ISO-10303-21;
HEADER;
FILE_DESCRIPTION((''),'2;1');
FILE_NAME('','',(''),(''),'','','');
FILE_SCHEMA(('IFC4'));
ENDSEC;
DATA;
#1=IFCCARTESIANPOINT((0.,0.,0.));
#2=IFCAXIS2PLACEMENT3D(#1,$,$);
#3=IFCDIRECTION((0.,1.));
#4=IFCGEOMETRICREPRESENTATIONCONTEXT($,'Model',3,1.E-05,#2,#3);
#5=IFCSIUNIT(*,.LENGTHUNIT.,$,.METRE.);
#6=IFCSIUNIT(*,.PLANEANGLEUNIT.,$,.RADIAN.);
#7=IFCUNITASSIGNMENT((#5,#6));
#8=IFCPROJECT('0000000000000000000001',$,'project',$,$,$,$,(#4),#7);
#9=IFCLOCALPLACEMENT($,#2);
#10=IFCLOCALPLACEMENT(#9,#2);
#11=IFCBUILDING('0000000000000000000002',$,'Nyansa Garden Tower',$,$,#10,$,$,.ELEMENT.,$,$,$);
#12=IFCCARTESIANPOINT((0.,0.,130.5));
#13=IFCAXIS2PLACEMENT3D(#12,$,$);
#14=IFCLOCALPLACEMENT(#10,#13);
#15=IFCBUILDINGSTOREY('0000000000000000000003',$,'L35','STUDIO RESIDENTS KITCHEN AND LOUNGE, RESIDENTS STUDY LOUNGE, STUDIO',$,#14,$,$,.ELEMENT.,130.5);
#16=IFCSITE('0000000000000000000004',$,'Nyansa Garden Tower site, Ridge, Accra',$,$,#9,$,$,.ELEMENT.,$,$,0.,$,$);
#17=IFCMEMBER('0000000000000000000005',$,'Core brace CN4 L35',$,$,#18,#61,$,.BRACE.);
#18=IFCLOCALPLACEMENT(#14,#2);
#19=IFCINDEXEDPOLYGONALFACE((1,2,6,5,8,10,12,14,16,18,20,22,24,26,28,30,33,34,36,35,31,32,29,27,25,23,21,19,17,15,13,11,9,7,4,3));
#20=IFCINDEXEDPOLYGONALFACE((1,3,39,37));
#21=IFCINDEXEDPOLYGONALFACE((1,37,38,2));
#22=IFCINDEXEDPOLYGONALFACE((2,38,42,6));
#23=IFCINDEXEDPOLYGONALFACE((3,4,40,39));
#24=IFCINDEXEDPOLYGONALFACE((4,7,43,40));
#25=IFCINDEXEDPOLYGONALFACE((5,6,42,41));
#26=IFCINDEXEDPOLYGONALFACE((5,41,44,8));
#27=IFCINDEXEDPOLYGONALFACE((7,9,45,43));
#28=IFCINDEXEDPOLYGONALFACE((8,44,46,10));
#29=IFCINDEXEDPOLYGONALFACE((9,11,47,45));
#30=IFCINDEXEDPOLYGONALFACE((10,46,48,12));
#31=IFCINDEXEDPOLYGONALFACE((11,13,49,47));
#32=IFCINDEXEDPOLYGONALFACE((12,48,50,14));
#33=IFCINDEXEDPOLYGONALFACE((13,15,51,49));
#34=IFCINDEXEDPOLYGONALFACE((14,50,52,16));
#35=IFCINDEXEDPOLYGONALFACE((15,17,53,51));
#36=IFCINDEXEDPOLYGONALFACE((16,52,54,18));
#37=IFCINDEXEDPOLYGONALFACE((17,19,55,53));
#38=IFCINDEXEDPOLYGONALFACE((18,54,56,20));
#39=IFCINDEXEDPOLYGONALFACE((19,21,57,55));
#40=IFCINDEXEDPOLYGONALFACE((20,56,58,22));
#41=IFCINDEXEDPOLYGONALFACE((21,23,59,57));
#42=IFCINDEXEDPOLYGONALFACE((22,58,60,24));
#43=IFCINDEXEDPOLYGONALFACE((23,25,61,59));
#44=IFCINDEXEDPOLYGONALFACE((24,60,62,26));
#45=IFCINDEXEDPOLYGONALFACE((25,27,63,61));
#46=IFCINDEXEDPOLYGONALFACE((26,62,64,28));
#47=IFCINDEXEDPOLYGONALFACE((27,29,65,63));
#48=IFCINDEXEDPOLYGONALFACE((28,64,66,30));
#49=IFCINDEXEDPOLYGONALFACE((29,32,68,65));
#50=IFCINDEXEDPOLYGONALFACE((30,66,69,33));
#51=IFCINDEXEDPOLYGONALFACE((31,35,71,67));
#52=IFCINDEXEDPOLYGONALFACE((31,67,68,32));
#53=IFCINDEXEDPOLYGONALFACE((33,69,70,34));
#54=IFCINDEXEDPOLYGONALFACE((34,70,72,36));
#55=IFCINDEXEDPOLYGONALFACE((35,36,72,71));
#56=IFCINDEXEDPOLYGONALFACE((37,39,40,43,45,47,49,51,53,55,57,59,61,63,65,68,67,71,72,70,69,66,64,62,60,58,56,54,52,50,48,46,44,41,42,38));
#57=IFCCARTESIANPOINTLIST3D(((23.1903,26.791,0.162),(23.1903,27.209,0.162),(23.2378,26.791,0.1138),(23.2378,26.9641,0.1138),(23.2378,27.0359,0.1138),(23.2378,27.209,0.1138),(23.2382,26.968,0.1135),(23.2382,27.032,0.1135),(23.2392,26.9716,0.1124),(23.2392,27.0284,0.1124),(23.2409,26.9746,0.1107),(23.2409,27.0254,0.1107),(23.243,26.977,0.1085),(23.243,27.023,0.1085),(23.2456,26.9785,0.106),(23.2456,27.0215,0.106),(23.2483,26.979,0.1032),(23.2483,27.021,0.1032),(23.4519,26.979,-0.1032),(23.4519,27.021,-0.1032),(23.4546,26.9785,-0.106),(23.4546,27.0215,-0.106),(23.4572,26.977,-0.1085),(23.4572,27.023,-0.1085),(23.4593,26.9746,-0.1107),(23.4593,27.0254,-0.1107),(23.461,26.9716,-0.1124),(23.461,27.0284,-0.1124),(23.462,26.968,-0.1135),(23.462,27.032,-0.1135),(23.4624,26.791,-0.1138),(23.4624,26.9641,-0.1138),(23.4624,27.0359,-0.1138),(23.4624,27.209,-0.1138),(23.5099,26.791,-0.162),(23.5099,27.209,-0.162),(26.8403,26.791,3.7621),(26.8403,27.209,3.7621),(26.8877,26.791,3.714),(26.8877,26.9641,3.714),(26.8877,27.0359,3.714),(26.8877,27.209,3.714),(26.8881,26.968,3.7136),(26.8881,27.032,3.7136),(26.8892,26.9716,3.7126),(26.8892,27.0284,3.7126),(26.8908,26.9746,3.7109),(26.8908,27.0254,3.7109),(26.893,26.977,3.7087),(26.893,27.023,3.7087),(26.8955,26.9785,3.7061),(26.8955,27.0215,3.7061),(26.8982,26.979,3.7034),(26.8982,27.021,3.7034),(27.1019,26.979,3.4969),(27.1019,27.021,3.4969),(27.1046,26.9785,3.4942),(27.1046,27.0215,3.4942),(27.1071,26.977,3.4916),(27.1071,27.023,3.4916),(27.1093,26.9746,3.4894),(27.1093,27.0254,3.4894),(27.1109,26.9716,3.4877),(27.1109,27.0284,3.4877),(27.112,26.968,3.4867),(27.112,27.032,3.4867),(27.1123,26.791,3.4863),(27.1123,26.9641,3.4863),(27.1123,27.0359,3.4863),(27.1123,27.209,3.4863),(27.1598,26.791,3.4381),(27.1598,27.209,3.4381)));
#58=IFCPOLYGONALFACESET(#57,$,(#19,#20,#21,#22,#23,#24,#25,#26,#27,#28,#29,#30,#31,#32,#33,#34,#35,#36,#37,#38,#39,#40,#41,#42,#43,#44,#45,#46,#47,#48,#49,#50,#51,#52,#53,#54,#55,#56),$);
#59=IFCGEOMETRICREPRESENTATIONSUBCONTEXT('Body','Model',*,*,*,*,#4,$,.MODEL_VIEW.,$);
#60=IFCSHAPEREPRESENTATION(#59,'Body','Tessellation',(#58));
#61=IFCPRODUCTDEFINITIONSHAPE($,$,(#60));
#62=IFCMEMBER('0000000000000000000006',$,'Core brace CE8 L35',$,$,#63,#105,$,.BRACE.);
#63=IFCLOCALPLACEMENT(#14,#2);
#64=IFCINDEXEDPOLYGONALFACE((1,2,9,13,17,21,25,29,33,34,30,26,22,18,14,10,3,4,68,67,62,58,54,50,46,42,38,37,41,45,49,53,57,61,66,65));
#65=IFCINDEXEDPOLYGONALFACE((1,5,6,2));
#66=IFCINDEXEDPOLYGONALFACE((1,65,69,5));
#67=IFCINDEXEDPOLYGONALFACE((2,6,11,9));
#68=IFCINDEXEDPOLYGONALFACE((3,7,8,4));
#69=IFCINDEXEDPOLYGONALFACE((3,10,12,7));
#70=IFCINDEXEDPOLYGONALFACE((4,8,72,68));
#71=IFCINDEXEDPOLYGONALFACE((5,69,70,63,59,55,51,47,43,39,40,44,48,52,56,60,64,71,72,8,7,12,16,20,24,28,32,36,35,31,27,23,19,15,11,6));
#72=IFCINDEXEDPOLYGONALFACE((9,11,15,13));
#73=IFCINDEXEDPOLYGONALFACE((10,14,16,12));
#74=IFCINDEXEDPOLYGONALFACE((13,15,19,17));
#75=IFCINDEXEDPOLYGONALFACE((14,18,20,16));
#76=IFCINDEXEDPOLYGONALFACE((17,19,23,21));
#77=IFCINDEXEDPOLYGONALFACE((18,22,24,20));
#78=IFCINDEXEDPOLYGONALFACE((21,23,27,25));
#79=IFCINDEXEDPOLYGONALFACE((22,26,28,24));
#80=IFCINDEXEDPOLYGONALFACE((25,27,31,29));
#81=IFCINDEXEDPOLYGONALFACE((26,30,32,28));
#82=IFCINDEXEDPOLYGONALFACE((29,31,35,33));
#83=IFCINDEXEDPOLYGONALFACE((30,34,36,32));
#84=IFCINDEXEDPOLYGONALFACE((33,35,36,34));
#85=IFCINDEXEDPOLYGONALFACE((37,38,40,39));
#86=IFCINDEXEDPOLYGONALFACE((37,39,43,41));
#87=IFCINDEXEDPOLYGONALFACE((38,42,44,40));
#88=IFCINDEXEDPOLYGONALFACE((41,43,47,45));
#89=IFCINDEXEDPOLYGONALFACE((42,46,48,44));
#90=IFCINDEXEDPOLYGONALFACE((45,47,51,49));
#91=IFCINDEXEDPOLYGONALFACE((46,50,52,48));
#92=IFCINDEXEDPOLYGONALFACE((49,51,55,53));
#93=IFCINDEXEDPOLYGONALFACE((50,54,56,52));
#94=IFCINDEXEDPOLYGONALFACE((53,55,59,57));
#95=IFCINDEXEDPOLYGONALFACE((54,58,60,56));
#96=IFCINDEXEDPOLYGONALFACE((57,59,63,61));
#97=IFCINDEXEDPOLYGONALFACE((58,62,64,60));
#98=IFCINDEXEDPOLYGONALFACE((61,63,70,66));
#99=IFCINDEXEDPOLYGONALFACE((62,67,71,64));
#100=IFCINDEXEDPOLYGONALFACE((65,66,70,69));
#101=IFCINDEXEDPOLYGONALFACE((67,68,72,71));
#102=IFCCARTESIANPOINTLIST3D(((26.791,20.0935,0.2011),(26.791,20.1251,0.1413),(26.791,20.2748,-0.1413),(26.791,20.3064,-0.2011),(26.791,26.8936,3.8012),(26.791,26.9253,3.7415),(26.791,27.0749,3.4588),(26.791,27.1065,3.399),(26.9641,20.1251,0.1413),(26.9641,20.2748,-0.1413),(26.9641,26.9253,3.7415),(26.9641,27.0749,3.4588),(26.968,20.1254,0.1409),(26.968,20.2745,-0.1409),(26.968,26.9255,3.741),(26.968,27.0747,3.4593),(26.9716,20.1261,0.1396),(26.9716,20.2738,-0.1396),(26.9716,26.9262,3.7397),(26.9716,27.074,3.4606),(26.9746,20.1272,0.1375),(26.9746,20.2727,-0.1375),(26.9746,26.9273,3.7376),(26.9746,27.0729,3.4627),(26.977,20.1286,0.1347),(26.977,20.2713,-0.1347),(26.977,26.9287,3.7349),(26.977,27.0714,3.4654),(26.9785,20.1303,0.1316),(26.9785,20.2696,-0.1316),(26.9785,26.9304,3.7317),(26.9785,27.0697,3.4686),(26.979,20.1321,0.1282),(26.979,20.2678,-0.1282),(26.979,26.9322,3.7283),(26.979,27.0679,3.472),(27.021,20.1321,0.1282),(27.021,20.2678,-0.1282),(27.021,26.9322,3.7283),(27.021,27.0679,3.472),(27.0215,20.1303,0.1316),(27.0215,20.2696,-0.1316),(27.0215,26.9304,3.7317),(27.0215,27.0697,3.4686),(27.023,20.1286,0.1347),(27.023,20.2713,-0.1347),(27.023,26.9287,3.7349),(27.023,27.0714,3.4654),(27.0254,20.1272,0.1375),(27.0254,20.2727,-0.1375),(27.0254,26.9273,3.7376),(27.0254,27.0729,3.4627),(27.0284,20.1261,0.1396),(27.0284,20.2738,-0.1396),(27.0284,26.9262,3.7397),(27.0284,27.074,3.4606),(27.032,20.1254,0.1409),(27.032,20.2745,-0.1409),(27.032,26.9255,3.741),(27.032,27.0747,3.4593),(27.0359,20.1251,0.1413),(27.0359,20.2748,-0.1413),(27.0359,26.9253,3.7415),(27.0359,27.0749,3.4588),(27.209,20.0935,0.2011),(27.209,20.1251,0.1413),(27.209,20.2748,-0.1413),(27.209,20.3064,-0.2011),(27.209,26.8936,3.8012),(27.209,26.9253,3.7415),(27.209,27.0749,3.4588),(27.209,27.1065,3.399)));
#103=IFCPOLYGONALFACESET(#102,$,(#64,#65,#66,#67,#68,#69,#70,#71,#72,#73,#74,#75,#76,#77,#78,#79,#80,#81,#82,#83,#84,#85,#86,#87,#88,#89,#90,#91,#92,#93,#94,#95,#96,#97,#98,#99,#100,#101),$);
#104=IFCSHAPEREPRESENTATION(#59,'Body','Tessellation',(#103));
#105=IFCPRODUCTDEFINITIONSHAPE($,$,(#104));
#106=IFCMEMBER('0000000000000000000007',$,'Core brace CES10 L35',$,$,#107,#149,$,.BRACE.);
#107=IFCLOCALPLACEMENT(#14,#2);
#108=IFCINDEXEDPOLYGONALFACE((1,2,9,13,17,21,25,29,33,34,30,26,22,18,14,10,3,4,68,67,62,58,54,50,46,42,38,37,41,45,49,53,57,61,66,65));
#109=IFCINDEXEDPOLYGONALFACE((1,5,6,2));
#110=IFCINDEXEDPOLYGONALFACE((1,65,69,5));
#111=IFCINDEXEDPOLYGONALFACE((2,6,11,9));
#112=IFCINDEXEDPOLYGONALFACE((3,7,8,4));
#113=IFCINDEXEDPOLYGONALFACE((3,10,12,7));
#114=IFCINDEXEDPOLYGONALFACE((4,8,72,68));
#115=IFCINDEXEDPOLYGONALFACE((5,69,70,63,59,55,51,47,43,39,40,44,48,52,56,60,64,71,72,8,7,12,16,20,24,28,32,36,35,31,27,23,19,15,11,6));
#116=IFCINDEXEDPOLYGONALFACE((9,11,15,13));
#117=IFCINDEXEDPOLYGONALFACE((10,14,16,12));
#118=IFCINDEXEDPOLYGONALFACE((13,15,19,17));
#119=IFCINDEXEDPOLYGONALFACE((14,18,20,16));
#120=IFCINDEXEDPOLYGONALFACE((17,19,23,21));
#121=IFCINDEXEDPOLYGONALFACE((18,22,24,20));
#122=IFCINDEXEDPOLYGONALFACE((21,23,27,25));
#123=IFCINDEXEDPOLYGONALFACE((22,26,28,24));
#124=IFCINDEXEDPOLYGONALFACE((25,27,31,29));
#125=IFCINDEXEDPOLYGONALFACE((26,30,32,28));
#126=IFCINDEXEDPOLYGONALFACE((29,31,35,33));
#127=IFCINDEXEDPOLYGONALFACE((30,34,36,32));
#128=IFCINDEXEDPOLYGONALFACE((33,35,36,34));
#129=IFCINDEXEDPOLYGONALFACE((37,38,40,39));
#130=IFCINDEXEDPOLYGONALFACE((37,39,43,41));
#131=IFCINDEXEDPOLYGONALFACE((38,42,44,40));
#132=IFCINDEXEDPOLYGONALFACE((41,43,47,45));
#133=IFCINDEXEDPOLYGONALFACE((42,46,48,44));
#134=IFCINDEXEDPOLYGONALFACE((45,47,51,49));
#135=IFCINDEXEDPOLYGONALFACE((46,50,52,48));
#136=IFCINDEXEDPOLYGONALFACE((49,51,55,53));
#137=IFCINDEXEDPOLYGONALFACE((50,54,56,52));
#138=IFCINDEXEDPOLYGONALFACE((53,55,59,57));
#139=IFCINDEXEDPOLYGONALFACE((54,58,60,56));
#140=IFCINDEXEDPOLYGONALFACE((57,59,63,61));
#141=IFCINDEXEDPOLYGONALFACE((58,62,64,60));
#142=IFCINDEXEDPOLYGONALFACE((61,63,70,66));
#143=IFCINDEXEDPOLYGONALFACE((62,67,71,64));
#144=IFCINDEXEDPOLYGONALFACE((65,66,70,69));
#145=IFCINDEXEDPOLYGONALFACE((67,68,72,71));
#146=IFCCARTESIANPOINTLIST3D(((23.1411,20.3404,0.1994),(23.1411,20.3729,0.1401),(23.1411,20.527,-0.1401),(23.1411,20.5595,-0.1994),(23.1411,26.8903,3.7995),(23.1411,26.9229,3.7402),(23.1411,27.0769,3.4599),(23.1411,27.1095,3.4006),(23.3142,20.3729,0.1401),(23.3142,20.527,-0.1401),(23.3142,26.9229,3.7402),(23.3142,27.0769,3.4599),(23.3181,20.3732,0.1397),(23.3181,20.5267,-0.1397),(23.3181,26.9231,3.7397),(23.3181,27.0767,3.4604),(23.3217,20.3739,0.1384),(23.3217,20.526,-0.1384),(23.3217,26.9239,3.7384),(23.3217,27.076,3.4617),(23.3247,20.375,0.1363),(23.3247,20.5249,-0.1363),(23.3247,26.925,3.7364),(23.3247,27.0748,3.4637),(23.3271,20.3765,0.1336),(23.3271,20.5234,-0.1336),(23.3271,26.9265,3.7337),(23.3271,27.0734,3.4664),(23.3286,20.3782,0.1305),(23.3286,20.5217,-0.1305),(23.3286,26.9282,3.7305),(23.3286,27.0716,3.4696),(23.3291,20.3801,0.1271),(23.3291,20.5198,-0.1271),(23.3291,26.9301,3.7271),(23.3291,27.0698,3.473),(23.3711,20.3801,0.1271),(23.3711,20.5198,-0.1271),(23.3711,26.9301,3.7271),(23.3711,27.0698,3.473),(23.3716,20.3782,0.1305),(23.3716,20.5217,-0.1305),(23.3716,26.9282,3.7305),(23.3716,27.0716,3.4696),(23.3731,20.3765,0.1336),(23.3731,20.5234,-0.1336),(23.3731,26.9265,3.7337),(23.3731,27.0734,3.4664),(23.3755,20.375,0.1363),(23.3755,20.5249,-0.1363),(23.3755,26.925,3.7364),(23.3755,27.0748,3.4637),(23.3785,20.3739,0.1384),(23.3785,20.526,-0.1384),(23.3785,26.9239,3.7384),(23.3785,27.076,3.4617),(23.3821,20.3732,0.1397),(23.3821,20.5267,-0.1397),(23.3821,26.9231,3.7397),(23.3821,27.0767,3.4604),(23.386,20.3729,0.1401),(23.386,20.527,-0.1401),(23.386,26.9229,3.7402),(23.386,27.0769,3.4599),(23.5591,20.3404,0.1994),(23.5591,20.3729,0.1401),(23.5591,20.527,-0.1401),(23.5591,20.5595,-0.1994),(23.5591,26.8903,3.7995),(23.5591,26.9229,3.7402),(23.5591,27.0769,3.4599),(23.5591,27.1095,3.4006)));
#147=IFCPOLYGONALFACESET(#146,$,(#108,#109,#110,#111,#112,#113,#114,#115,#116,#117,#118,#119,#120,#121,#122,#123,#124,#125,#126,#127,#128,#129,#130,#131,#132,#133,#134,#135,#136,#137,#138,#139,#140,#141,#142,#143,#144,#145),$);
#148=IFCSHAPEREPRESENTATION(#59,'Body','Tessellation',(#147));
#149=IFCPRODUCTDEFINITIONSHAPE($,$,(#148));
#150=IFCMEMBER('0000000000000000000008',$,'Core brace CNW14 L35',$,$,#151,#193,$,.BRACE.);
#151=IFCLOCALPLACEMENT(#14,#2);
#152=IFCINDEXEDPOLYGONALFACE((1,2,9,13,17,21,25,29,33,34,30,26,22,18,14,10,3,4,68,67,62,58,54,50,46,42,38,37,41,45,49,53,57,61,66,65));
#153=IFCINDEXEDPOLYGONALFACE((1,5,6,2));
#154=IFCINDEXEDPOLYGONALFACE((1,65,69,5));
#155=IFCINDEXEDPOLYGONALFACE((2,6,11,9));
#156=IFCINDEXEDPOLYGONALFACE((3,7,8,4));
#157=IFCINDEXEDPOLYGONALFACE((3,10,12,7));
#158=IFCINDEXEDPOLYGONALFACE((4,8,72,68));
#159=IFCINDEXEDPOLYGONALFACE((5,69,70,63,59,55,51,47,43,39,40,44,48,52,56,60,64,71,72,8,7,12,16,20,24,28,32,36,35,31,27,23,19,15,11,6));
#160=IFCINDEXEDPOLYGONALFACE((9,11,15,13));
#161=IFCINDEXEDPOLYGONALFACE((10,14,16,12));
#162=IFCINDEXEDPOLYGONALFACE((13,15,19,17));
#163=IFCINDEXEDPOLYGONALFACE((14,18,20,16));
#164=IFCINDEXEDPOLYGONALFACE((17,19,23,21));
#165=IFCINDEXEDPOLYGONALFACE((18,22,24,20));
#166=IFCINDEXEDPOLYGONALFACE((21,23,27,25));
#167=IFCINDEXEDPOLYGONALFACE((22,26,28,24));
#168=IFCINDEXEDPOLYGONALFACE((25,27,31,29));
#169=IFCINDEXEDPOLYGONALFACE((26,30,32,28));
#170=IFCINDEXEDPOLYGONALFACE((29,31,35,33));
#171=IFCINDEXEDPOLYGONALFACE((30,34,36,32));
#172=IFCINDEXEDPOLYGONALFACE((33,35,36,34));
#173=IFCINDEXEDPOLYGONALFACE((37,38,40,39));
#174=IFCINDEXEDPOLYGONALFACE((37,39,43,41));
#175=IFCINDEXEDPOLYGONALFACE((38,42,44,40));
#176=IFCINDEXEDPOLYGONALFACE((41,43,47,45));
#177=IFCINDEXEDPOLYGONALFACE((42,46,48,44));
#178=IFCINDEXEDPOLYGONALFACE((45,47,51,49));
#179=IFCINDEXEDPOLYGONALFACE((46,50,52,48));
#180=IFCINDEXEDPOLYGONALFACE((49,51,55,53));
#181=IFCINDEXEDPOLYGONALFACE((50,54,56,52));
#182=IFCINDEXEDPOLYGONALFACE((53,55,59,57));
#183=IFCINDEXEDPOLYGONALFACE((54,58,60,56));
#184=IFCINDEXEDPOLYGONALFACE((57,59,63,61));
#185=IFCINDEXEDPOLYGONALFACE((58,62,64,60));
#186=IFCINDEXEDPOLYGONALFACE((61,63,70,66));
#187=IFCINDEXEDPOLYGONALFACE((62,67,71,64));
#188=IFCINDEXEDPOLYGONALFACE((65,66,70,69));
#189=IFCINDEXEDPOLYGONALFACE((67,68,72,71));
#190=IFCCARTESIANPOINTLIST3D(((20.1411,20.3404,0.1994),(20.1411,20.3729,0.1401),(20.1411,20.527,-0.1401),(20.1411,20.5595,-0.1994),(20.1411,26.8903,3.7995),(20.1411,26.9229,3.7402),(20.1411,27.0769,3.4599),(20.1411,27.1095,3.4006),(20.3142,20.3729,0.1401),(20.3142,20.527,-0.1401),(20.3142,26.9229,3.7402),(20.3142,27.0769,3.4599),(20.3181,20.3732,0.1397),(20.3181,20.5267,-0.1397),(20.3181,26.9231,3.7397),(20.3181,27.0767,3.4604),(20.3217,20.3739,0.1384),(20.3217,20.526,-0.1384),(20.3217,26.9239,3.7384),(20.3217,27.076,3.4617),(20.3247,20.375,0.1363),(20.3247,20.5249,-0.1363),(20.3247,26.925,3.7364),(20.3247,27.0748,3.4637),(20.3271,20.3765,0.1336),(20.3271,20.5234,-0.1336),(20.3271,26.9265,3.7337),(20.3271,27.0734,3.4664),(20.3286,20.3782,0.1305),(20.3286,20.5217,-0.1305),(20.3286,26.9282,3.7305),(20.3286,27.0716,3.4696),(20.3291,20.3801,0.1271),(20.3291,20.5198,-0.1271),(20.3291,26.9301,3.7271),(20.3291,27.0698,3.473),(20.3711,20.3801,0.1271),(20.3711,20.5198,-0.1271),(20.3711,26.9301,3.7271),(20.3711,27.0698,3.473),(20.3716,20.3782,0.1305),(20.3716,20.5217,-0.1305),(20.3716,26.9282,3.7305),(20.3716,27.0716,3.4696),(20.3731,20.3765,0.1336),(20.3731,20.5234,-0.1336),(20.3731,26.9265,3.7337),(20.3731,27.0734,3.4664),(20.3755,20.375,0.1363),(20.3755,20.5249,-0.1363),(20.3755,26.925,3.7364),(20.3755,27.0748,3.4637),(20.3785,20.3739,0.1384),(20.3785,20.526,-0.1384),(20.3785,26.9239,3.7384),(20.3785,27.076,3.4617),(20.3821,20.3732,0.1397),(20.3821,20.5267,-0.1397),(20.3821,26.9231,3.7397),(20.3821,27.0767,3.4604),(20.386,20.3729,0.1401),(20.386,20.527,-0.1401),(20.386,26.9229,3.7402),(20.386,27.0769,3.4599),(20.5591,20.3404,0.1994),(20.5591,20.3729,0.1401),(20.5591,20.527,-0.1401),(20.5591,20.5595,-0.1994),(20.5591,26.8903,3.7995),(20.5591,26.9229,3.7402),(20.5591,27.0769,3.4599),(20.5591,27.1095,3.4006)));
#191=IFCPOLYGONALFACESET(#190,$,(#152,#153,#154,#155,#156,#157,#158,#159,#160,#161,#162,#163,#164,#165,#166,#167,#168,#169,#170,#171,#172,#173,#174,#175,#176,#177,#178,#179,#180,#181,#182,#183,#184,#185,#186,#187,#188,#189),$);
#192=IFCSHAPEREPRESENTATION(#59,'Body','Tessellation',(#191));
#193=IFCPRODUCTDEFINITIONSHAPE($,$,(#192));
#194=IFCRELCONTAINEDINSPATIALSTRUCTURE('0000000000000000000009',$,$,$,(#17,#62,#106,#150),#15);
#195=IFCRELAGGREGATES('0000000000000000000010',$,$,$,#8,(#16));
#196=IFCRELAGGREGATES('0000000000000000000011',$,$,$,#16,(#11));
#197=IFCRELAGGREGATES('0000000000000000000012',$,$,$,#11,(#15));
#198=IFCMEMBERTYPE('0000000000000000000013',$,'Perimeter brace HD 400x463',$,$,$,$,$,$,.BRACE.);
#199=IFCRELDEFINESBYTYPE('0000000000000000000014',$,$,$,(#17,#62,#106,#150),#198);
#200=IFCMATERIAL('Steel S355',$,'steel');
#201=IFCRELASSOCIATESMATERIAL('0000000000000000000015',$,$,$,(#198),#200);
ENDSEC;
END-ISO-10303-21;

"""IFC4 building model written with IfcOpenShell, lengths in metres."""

from ifc_helpers import new_model, si_unit, direction, frame, origin, origin_2d, place, context, subcontext, project, spatial, i_section, extrude, material, material_profile, profile_set, type_object, element, save


model = new_model("IFC4")

# Units and contexts
model_context = context("Model", 3, precision=1e-05, world=origin(), true_north=direction((0.0, 1.0)))
body_context = subcontext(model_context, "Body", "Model", "MODEL_VIEW")
ifc_project = project(units=[si_unit("LENGTHUNIT", "METRE"), si_unit("PLANEANGLEUNIT", "RADIAN")], contexts=[model_context])

# Site, building, storey
site_placement = place(None, origin())
site = spatial("IfcSite", under=ifc_project, at=site_placement, Name="Nyansa Garden Tower site, Ridge, Accra", CompositionType="ELEMENT", RefElevation=0.0)
building_placement = place(site_placement, origin())
building = spatial("IfcBuilding", under=site, at=building_placement, Name="Nyansa Garden Tower", CompositionType="ELEMENT")
storey_placement = place(building_placement, frame((0.0, 0.0, 130.5)))
storey = spatial("IfcBuildingStorey", under=building, at=storey_placement, Name="L35", Description="STUDIO RESIDENTS KITCHEN AND LOUNGE, RESIDENTS STUDY LOUNGE, STUDIO", CompositionType="ELEMENT", Elevation=130.5)

# Members
ifc_material_1 = material(Name="Steel S355", Category="steel")
ifc_material_profile_1 = material_profile(ifc_material_1, i_section(OverallWidth=0.418, OverallDepth=0.4551, WebThickness=0.042, FlangeThickness=0.0676, FilletRadius=0.0149, at=origin_2d()), Name="HD 400x463")
ifc_profile_set_1 = profile_set([ifc_material_profile_1], Name="Steel S355")
member_type = type_object("IfcMemberType", Name="Perimeter brace HD 400x463", PredefinedType="BRACE", material=ifc_profile_set_1)
member_1_placement = place(storey_placement, frame((23.3501, 27.0, 0.0), z_axis=(0.711948, 0.0, 0.702233), x_axis=(0.0, 1.0, 0.0)))
element("IfcMember", 1, at=member_1_placement, inside=storey, type_object=member_type, Name="Core brace CN4 L35", PredefinedType="BRACE", context=body_context, shape_type="SweptSolid", body=[
    extrude(i_section(OverallWidth=0.418, OverallDepth=0.4551, WebThickness=0.042, FlangeThickness=0.0676, FilletRadius=0.0149, at=origin_2d()), origin(), (0.0, 0.0, 1.0), 5.1267),
])
member_2_placement = place(storey_placement, frame((27.0, 20.2, 0.0), z_axis=(0.0, 0.883784, 0.467895), x_axis=(-1.0, 0.0, 0.0)))
element("IfcMember", 2, at=member_2_placement, inside=storey, type_object=member_type, Name="Core brace CE8 L35", PredefinedType="BRACE", context=body_context, shape_type="SweptSolid", body=[
    extrude(i_section(OverallWidth=0.418, OverallDepth=0.4551, WebThickness=0.042, FlangeThickness=0.0676, FilletRadius=0.0149, at=origin_2d()), origin(), (0.0, 0.0, 1.0), 7.6943),
])
for number, where, z_axis, x_axis, name in (
    (3, (23.3501, 20.45, 0.0), (0.0, 0.876353, 0.481669), (-1.0, 0.0, 0.0), "Core brace CES10 L35"),
    (4, (20.3501, 20.45, 0.0), (0.0, 0.876353, 0.481669), (-1.0, 0.0, 0.0), "Core brace CNW14 L35"),
):
    element("IfcMember", number, at=place(storey_placement, frame(where, z_axis=z_axis, x_axis=x_axis)), inside=storey, type_object=member_type, Name=name, PredefinedType="BRACE", context=body_context, shape_type="SweptSolid", body=[
        extrude(i_section(OverallWidth=0.418, OverallDepth=0.4551, WebThickness=0.042, FlangeThickness=0.0676, FilletRadius=0.0149, at=origin_2d()), origin(), (0.0, 0.0, 1.0), 7.4741),
    ])

save(model, "model.ifc")
